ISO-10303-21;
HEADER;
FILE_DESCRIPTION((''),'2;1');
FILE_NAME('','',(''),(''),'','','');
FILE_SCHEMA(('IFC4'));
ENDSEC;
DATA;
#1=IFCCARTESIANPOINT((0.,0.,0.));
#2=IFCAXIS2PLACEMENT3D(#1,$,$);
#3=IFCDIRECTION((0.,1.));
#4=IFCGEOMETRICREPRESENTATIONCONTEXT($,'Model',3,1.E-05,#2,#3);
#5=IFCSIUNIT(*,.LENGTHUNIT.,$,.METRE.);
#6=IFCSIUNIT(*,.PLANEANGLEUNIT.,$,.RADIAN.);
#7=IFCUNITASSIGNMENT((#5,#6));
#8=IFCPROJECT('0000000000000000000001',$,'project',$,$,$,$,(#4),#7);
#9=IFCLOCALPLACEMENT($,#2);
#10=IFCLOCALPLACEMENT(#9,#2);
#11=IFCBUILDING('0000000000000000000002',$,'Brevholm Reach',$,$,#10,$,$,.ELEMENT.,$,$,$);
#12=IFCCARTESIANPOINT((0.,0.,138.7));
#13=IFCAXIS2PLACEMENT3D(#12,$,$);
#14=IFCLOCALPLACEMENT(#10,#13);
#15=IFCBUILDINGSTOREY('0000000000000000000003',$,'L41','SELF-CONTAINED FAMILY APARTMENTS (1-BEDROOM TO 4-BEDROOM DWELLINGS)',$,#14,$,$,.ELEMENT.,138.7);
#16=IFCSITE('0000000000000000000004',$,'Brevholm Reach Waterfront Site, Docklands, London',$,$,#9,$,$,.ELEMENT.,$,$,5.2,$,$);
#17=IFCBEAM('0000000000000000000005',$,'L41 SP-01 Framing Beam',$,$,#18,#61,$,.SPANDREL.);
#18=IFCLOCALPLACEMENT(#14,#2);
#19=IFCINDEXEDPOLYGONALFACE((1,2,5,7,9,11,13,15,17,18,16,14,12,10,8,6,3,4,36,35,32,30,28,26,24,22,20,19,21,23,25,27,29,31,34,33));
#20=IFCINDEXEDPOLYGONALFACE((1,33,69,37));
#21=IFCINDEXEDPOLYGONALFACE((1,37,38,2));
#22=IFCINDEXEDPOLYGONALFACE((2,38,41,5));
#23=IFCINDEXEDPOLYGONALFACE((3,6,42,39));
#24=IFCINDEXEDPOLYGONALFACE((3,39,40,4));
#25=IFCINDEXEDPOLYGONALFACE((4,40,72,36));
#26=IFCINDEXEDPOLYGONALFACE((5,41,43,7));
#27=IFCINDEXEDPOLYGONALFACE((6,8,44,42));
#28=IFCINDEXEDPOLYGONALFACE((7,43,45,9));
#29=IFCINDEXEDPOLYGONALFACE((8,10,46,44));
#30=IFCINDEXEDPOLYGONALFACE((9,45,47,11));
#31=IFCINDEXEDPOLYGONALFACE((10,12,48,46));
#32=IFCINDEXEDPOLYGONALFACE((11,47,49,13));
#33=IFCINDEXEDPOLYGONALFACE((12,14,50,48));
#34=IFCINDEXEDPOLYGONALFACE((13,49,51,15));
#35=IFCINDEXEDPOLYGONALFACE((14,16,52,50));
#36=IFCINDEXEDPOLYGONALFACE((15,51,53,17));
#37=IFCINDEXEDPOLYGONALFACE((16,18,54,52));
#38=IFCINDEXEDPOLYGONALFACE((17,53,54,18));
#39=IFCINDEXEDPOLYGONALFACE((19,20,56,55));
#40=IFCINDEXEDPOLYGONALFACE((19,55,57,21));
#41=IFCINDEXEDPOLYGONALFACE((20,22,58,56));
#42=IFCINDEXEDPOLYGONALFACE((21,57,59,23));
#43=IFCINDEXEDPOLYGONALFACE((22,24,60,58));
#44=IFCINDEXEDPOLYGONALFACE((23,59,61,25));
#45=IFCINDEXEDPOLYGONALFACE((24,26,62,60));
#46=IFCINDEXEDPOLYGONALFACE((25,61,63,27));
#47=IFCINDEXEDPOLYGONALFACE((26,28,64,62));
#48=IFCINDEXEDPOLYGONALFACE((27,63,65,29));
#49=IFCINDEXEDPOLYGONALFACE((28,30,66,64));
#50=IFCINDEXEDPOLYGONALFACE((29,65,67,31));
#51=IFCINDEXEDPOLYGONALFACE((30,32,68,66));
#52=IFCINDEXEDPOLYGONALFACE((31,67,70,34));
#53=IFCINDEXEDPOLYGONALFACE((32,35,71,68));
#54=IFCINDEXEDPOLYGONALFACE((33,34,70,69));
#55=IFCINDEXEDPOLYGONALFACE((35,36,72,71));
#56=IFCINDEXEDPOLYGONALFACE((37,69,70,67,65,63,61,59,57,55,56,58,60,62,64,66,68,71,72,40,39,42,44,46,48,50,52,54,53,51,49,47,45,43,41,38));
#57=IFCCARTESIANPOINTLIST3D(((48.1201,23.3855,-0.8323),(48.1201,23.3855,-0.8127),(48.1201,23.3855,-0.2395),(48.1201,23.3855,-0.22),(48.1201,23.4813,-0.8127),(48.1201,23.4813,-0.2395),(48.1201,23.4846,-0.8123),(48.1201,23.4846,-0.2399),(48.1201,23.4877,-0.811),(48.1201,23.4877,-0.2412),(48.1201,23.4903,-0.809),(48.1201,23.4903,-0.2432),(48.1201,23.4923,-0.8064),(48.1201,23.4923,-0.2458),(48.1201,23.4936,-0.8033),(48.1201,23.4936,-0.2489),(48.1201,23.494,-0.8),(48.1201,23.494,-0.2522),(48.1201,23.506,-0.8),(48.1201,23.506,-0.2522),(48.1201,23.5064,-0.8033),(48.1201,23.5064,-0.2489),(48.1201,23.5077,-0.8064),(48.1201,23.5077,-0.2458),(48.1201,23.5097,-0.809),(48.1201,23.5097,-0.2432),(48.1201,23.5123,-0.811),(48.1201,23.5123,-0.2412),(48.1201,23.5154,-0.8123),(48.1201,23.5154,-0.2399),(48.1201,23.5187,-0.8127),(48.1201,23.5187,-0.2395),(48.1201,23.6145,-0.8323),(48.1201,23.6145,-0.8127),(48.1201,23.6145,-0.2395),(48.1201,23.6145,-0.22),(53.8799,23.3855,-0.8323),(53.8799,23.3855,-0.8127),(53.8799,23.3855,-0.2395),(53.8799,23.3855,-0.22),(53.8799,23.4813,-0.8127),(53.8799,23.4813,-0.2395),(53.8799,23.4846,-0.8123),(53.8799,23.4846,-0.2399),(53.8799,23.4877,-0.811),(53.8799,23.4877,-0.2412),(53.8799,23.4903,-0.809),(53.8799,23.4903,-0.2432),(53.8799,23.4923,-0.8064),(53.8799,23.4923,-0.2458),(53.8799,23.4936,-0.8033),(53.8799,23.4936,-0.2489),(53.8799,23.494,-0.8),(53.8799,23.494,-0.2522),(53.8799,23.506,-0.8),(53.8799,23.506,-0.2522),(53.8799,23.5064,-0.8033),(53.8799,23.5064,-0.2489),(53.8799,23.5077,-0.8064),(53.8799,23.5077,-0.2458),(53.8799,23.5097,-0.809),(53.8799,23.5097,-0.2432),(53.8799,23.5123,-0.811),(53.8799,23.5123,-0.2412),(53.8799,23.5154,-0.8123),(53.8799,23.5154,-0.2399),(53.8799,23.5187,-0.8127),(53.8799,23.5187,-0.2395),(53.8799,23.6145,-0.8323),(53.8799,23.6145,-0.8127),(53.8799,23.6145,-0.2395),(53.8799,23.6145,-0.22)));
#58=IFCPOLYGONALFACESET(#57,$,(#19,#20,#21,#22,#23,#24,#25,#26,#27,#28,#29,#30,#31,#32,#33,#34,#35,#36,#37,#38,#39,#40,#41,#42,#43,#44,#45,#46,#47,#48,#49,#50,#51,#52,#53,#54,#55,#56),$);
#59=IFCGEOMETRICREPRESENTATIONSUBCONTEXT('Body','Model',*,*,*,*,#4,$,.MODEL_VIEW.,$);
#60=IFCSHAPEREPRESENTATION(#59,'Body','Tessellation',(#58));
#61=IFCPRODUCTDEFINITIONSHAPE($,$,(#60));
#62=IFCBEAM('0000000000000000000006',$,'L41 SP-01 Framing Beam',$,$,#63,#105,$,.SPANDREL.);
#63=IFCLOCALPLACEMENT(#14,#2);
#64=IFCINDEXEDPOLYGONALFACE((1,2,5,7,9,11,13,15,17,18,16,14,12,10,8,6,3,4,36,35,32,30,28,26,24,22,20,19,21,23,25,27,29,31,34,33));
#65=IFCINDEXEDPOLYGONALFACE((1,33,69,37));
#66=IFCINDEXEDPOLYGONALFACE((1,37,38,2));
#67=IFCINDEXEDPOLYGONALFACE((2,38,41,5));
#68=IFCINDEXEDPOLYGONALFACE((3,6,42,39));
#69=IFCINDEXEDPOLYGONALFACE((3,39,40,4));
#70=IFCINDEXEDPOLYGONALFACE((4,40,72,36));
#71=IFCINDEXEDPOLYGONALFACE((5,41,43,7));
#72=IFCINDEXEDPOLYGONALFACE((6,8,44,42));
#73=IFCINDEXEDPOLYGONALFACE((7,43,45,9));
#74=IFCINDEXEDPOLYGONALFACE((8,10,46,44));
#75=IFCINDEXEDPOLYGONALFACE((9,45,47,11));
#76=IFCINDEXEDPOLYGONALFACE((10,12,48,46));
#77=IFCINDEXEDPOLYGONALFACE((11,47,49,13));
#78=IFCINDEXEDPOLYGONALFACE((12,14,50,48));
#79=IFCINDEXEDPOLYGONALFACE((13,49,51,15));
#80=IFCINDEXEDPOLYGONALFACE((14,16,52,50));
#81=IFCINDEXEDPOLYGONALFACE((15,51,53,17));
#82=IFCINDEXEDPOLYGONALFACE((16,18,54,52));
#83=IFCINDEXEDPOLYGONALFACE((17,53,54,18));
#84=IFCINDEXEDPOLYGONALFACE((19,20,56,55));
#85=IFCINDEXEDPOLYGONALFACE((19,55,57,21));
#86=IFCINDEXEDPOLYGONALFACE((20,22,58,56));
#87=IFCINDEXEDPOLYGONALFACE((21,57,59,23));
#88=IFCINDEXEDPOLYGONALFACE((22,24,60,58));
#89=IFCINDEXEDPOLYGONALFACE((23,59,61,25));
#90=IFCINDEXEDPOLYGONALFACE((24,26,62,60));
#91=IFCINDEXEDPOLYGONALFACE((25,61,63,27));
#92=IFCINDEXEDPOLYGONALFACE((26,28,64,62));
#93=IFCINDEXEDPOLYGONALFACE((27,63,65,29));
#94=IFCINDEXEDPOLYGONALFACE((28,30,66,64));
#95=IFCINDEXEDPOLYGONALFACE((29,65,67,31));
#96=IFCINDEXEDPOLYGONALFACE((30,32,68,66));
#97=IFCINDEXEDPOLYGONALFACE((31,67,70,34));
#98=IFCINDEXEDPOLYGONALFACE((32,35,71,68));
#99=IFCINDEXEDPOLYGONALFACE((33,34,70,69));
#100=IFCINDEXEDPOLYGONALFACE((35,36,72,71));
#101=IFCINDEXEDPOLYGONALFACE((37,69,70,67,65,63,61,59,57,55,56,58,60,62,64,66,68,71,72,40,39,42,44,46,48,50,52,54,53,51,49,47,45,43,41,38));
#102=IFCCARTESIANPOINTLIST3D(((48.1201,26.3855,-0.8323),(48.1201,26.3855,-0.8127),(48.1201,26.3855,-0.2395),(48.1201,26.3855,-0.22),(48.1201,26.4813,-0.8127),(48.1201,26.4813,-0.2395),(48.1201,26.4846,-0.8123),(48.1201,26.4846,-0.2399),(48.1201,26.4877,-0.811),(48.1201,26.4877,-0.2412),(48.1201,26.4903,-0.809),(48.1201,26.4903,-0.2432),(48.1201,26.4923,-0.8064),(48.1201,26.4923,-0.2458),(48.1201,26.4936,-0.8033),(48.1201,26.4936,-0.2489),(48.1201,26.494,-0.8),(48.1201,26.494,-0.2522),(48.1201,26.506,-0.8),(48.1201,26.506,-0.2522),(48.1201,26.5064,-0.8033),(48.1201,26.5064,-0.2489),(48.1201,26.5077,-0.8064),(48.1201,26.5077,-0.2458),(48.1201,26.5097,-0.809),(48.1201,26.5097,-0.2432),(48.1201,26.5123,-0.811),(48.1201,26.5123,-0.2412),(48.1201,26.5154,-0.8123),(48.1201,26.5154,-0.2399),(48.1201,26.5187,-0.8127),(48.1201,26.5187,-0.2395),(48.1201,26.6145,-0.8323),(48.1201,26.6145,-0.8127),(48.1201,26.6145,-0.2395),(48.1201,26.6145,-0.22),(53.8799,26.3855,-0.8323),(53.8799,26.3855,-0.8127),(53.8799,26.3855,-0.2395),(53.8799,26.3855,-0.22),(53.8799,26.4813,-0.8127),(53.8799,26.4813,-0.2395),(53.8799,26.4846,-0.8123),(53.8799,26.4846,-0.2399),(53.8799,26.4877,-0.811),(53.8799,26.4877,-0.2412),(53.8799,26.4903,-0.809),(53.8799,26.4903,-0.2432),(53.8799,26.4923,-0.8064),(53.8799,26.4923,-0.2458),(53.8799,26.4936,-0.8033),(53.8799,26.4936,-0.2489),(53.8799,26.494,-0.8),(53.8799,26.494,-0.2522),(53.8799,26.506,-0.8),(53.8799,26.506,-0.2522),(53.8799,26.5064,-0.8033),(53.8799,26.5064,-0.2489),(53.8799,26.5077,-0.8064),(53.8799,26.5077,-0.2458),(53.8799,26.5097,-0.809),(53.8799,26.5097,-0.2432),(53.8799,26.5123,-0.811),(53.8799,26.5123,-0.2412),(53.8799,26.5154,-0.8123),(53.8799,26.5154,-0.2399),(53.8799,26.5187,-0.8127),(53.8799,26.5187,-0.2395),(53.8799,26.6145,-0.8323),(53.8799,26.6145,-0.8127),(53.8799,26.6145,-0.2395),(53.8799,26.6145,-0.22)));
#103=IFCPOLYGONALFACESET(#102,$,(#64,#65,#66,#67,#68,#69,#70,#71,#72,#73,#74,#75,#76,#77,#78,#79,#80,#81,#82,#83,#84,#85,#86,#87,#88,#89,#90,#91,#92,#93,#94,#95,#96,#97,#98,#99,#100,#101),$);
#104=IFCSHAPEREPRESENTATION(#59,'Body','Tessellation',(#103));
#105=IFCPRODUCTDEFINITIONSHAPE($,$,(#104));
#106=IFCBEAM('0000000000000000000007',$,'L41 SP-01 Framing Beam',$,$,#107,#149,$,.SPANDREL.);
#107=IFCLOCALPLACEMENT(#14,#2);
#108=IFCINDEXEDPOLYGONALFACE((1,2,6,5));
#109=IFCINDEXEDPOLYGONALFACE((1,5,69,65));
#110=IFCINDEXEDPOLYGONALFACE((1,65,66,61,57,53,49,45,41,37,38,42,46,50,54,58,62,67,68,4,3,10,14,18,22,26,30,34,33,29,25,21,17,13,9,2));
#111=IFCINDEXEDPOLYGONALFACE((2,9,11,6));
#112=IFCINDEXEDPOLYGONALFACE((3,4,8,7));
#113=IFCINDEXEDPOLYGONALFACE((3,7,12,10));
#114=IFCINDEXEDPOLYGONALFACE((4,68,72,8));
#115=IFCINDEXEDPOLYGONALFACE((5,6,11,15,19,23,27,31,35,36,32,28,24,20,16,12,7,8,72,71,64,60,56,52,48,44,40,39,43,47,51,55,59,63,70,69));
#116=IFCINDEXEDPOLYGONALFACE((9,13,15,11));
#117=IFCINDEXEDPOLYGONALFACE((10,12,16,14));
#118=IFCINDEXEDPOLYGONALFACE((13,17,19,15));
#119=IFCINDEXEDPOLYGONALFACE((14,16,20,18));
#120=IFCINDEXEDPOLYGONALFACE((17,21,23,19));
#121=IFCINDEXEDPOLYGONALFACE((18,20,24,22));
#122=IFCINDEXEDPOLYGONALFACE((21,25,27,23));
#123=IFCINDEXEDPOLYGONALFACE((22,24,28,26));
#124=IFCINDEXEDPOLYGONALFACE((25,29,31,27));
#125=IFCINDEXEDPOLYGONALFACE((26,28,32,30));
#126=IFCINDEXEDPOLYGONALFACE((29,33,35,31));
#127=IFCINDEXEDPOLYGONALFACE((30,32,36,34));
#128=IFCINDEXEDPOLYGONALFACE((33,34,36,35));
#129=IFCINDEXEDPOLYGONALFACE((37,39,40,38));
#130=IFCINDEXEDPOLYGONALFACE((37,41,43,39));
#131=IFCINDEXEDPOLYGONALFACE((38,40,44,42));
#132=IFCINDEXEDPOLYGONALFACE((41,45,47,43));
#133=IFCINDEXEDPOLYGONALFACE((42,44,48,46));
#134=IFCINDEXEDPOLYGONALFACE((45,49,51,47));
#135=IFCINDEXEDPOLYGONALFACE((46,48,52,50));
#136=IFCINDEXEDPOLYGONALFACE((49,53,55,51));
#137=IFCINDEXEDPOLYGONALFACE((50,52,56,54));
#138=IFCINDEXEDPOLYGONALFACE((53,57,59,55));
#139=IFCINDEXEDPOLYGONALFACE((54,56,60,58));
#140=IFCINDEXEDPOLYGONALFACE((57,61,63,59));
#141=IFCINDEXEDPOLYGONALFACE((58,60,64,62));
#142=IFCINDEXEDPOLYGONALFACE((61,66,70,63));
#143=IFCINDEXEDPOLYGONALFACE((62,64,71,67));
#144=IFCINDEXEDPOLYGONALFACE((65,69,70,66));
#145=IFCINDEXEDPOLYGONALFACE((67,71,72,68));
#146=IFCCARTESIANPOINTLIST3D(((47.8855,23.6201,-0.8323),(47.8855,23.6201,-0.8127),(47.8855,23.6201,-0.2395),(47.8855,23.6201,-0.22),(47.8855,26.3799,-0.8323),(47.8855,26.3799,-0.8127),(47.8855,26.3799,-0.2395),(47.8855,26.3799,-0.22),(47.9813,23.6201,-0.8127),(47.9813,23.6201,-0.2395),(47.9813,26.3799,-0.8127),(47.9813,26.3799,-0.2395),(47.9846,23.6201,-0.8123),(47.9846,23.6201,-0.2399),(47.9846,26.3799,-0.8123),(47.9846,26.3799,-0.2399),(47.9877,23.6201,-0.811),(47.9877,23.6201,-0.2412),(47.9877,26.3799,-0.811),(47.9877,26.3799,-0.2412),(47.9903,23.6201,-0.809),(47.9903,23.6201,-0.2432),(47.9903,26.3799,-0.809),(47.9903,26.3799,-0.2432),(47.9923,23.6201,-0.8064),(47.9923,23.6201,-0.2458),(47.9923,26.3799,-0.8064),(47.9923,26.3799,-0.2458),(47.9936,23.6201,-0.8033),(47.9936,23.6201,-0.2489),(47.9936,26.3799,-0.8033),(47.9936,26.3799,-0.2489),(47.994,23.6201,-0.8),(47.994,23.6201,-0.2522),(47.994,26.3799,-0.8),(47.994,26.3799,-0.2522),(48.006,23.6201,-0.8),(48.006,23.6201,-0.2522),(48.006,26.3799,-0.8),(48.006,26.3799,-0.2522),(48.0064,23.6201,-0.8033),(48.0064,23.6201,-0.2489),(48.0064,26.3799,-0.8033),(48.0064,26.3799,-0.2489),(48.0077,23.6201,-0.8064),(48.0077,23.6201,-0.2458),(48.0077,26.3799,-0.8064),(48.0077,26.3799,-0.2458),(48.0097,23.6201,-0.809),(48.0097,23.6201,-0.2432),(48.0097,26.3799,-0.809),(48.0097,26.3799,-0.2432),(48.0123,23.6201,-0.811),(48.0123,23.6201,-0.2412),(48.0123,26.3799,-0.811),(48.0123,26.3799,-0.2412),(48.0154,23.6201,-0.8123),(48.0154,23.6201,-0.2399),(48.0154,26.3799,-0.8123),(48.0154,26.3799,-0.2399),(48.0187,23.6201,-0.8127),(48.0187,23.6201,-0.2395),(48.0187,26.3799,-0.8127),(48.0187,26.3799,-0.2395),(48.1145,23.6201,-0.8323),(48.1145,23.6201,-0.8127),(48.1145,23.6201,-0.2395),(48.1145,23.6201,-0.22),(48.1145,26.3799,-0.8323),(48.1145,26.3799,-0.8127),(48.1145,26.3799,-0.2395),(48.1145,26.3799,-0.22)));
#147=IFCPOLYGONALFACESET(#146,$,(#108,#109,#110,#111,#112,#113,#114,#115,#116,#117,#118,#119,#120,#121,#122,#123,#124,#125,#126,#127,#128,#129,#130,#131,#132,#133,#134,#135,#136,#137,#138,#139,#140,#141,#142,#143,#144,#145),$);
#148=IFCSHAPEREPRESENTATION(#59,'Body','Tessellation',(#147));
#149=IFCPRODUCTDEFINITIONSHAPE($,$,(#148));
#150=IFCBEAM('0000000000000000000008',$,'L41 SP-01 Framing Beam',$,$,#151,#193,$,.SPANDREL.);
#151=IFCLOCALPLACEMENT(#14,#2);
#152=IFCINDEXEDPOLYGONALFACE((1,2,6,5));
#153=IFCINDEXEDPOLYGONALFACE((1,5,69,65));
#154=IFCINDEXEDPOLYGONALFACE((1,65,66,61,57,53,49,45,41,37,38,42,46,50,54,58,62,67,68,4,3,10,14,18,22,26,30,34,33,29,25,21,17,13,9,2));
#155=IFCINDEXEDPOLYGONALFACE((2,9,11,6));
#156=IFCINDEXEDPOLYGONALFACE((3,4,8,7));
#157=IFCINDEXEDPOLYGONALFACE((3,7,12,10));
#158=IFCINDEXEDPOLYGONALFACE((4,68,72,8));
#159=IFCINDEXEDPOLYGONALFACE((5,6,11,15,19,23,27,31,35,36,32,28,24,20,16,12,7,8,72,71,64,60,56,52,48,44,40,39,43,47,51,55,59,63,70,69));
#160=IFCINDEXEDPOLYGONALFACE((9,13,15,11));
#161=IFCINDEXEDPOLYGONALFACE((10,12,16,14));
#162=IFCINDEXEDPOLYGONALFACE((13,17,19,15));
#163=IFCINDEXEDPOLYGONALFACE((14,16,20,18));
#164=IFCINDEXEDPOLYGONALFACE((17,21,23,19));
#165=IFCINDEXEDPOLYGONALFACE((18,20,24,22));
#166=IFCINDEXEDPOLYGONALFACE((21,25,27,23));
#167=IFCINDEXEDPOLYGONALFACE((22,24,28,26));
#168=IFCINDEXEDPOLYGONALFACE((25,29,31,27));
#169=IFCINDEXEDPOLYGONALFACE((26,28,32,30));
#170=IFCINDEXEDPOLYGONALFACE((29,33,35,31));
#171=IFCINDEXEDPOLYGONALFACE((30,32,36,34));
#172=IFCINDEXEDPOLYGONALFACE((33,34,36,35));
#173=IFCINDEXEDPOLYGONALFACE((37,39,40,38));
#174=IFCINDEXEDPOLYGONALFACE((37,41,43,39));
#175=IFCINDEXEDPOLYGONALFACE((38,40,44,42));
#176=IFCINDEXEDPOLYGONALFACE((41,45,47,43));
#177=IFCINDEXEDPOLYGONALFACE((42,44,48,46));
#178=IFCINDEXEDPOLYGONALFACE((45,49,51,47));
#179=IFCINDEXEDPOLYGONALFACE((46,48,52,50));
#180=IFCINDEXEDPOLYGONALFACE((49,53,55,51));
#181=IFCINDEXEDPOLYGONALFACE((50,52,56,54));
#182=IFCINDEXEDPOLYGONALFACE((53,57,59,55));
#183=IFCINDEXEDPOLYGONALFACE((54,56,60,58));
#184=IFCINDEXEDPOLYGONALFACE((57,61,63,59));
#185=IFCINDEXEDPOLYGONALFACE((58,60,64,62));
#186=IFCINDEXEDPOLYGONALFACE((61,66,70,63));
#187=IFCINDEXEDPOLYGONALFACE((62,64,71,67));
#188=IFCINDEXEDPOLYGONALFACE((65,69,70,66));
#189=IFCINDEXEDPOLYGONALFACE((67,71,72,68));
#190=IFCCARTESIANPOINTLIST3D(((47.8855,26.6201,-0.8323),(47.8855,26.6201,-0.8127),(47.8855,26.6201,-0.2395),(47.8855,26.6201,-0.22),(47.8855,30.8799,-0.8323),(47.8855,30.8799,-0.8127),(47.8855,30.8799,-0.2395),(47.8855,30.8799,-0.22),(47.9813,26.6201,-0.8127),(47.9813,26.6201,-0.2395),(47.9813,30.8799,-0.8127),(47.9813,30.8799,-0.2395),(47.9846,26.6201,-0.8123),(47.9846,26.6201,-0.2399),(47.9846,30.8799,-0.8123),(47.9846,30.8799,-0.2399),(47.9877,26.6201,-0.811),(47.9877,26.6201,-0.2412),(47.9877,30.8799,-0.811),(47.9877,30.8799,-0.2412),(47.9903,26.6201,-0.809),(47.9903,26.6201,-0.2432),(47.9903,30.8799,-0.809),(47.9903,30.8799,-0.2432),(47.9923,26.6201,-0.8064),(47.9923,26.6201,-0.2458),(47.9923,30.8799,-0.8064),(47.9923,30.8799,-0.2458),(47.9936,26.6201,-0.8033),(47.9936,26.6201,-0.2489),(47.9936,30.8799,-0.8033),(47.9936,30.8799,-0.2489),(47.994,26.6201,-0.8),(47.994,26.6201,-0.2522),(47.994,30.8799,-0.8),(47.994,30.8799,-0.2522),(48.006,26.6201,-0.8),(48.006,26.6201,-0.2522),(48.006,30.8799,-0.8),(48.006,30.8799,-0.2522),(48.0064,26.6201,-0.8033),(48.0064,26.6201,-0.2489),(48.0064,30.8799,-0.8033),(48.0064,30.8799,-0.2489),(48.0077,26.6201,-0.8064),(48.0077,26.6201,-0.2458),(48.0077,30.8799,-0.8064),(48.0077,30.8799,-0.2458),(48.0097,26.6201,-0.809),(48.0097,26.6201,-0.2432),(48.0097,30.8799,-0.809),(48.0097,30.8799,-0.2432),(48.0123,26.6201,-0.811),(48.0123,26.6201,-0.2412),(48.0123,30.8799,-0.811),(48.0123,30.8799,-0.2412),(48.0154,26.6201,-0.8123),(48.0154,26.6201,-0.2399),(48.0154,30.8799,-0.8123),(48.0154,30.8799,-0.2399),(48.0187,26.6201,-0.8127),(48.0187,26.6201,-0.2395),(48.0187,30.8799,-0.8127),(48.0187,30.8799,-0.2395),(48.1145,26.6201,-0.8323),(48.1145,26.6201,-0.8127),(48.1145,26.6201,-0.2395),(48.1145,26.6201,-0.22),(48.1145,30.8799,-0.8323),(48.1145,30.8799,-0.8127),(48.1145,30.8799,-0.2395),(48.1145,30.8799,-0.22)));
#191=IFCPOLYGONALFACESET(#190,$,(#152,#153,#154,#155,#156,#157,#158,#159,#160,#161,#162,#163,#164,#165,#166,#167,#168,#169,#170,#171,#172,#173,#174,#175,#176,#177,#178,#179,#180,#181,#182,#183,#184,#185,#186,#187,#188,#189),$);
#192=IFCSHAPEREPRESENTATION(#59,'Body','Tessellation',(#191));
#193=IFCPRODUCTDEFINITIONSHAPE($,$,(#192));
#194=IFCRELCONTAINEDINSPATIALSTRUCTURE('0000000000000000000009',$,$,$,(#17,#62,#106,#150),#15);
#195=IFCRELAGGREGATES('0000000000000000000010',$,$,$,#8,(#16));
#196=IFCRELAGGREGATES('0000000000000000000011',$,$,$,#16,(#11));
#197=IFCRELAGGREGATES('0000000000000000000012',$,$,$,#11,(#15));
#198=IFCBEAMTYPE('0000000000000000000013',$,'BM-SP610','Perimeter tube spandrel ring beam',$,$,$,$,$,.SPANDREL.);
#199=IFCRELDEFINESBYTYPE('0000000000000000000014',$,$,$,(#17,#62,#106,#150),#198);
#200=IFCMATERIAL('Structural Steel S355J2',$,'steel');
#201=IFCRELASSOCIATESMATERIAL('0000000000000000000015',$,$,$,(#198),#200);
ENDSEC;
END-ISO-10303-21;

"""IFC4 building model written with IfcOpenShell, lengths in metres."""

from ifc_helpers import new_model, si_unit, direction, frame, origin, origin_2d, place, context, subcontext, project, spatial, i_section, extrude, material, material_profile, profile_set, type_object, element, save


model = new_model("IFC4")

# Units and contexts
model_context = context("Model", 3, precision=1e-05, world=origin(), true_north=direction((0.0, 1.0)))
body_context = subcontext(model_context, "Body", "Model", "MODEL_VIEW")
ifc_project = project(units=[si_unit("LENGTHUNIT", "METRE"), si_unit("PLANEANGLEUNIT", "RADIAN")], contexts=[model_context])

# Site, building, storey
site_placement = place(None, origin())
site = spatial("IfcSite", under=ifc_project, at=site_placement, Name="Brevholm Reach Waterfront Site, Docklands, London", CompositionType="ELEMENT", RefElevation=5.2)
building_placement = place(site_placement, origin())
building = spatial("IfcBuilding", under=site, at=building_placement, Name="Brevholm Reach", CompositionType="ELEMENT")
storey_placement = place(building_placement, frame((0.0, 0.0, 138.7)))
storey = spatial("IfcBuildingStorey", under=building, at=storey_placement, Name="L41", Description="SELF-CONTAINED FAMILY APARTMENTS (1-BEDROOM TO 4-BEDROOM DWELLINGS)", CompositionType="ELEMENT", Elevation=138.7)

# Beams
ifc_material_1 = material(Name="Structural Steel S355J2", Category="steel")
ifc_material_profile_1 = material_profile(ifc_material_1, i_section(OverallWidth=0.229, OverallDepth=0.6123, WebThickness=0.012, FlangeThickness=0.0195, FilletRadius=0.0127, at=origin_2d()), Name="UKB 610x229x125")
ifc_profile_set_1 = profile_set([ifc_material_profile_1], Name="Structural Steel S355J2")
beam_type_1 = type_object("IfcBeamType", Name="BM-SP610", Description="Perimeter tube spandrel ring beam", PredefinedType="SPANDREL", material=ifc_profile_set_1)
for number, where, z_axis, x_axis, name in (
    (1, (48.1201, 23.5, -0.5261), (1.0, 0.0, 0.0), (0.0, 1.0, 0.0), "L41 SP-01 Framing Beam"),
    (2, (48.1201, 26.5, -0.5261), (1.0, 0.0, 0.0), (0.0, 1.0, 0.0), "L41 SP-01 Framing Beam"),
):
    element("IfcBeam", number, at=place(storey_placement, frame(where, z_axis=z_axis, x_axis=x_axis)), inside=storey, type_object=beam_type_1, Name=name, PredefinedType="SPANDREL", context=body_context, shape_type="SweptSolid", body=[
        extrude(i_section(OverallWidth=0.229, OverallDepth=0.6123, WebThickness=0.012, FlangeThickness=0.0195, FilletRadius=0.0127, at=origin_2d()), origin(), (0.0, 0.0, 1.0), 5.7598),
    ])
beam_1_placement = place(storey_placement, frame((48.0, 23.6201, -0.5261), z_axis=(0.0, 1.0, 0.0), x_axis=(-1.0, 0.0, 0.0)))
element("IfcBeam", 3, at=beam_1_placement, inside=storey, type_object=beam_type_1, Name="L41 SP-01 Framing Beam", PredefinedType="SPANDREL", context=body_context, shape_type="SweptSolid", body=[
    extrude(i_section(OverallWidth=0.229, OverallDepth=0.6123, WebThickness=0.012, FlangeThickness=0.0195, FilletRadius=0.0127, at=origin_2d()), origin(), (0.0, 0.0, 1.0), 2.7598),
])
beam_2_placement = place(storey_placement, frame((48.0, 26.6201, -0.5261), z_axis=(0.0, 1.0, 0.0), x_axis=(-1.0, 0.0, 0.0)))
element("IfcBeam", 4, at=beam_2_placement, inside=storey, type_object=beam_type_1, Name="L41 SP-01 Framing Beam", PredefinedType="SPANDREL", context=body_context, shape_type="SweptSolid", body=[
    extrude(i_section(OverallWidth=0.229, OverallDepth=0.6123, WebThickness=0.012, FlangeThickness=0.0195, FilletRadius=0.0127, at=origin_2d()), origin(), (0.0, 0.0, 1.0), 4.2598),
])

save(model, "model.ifc")
